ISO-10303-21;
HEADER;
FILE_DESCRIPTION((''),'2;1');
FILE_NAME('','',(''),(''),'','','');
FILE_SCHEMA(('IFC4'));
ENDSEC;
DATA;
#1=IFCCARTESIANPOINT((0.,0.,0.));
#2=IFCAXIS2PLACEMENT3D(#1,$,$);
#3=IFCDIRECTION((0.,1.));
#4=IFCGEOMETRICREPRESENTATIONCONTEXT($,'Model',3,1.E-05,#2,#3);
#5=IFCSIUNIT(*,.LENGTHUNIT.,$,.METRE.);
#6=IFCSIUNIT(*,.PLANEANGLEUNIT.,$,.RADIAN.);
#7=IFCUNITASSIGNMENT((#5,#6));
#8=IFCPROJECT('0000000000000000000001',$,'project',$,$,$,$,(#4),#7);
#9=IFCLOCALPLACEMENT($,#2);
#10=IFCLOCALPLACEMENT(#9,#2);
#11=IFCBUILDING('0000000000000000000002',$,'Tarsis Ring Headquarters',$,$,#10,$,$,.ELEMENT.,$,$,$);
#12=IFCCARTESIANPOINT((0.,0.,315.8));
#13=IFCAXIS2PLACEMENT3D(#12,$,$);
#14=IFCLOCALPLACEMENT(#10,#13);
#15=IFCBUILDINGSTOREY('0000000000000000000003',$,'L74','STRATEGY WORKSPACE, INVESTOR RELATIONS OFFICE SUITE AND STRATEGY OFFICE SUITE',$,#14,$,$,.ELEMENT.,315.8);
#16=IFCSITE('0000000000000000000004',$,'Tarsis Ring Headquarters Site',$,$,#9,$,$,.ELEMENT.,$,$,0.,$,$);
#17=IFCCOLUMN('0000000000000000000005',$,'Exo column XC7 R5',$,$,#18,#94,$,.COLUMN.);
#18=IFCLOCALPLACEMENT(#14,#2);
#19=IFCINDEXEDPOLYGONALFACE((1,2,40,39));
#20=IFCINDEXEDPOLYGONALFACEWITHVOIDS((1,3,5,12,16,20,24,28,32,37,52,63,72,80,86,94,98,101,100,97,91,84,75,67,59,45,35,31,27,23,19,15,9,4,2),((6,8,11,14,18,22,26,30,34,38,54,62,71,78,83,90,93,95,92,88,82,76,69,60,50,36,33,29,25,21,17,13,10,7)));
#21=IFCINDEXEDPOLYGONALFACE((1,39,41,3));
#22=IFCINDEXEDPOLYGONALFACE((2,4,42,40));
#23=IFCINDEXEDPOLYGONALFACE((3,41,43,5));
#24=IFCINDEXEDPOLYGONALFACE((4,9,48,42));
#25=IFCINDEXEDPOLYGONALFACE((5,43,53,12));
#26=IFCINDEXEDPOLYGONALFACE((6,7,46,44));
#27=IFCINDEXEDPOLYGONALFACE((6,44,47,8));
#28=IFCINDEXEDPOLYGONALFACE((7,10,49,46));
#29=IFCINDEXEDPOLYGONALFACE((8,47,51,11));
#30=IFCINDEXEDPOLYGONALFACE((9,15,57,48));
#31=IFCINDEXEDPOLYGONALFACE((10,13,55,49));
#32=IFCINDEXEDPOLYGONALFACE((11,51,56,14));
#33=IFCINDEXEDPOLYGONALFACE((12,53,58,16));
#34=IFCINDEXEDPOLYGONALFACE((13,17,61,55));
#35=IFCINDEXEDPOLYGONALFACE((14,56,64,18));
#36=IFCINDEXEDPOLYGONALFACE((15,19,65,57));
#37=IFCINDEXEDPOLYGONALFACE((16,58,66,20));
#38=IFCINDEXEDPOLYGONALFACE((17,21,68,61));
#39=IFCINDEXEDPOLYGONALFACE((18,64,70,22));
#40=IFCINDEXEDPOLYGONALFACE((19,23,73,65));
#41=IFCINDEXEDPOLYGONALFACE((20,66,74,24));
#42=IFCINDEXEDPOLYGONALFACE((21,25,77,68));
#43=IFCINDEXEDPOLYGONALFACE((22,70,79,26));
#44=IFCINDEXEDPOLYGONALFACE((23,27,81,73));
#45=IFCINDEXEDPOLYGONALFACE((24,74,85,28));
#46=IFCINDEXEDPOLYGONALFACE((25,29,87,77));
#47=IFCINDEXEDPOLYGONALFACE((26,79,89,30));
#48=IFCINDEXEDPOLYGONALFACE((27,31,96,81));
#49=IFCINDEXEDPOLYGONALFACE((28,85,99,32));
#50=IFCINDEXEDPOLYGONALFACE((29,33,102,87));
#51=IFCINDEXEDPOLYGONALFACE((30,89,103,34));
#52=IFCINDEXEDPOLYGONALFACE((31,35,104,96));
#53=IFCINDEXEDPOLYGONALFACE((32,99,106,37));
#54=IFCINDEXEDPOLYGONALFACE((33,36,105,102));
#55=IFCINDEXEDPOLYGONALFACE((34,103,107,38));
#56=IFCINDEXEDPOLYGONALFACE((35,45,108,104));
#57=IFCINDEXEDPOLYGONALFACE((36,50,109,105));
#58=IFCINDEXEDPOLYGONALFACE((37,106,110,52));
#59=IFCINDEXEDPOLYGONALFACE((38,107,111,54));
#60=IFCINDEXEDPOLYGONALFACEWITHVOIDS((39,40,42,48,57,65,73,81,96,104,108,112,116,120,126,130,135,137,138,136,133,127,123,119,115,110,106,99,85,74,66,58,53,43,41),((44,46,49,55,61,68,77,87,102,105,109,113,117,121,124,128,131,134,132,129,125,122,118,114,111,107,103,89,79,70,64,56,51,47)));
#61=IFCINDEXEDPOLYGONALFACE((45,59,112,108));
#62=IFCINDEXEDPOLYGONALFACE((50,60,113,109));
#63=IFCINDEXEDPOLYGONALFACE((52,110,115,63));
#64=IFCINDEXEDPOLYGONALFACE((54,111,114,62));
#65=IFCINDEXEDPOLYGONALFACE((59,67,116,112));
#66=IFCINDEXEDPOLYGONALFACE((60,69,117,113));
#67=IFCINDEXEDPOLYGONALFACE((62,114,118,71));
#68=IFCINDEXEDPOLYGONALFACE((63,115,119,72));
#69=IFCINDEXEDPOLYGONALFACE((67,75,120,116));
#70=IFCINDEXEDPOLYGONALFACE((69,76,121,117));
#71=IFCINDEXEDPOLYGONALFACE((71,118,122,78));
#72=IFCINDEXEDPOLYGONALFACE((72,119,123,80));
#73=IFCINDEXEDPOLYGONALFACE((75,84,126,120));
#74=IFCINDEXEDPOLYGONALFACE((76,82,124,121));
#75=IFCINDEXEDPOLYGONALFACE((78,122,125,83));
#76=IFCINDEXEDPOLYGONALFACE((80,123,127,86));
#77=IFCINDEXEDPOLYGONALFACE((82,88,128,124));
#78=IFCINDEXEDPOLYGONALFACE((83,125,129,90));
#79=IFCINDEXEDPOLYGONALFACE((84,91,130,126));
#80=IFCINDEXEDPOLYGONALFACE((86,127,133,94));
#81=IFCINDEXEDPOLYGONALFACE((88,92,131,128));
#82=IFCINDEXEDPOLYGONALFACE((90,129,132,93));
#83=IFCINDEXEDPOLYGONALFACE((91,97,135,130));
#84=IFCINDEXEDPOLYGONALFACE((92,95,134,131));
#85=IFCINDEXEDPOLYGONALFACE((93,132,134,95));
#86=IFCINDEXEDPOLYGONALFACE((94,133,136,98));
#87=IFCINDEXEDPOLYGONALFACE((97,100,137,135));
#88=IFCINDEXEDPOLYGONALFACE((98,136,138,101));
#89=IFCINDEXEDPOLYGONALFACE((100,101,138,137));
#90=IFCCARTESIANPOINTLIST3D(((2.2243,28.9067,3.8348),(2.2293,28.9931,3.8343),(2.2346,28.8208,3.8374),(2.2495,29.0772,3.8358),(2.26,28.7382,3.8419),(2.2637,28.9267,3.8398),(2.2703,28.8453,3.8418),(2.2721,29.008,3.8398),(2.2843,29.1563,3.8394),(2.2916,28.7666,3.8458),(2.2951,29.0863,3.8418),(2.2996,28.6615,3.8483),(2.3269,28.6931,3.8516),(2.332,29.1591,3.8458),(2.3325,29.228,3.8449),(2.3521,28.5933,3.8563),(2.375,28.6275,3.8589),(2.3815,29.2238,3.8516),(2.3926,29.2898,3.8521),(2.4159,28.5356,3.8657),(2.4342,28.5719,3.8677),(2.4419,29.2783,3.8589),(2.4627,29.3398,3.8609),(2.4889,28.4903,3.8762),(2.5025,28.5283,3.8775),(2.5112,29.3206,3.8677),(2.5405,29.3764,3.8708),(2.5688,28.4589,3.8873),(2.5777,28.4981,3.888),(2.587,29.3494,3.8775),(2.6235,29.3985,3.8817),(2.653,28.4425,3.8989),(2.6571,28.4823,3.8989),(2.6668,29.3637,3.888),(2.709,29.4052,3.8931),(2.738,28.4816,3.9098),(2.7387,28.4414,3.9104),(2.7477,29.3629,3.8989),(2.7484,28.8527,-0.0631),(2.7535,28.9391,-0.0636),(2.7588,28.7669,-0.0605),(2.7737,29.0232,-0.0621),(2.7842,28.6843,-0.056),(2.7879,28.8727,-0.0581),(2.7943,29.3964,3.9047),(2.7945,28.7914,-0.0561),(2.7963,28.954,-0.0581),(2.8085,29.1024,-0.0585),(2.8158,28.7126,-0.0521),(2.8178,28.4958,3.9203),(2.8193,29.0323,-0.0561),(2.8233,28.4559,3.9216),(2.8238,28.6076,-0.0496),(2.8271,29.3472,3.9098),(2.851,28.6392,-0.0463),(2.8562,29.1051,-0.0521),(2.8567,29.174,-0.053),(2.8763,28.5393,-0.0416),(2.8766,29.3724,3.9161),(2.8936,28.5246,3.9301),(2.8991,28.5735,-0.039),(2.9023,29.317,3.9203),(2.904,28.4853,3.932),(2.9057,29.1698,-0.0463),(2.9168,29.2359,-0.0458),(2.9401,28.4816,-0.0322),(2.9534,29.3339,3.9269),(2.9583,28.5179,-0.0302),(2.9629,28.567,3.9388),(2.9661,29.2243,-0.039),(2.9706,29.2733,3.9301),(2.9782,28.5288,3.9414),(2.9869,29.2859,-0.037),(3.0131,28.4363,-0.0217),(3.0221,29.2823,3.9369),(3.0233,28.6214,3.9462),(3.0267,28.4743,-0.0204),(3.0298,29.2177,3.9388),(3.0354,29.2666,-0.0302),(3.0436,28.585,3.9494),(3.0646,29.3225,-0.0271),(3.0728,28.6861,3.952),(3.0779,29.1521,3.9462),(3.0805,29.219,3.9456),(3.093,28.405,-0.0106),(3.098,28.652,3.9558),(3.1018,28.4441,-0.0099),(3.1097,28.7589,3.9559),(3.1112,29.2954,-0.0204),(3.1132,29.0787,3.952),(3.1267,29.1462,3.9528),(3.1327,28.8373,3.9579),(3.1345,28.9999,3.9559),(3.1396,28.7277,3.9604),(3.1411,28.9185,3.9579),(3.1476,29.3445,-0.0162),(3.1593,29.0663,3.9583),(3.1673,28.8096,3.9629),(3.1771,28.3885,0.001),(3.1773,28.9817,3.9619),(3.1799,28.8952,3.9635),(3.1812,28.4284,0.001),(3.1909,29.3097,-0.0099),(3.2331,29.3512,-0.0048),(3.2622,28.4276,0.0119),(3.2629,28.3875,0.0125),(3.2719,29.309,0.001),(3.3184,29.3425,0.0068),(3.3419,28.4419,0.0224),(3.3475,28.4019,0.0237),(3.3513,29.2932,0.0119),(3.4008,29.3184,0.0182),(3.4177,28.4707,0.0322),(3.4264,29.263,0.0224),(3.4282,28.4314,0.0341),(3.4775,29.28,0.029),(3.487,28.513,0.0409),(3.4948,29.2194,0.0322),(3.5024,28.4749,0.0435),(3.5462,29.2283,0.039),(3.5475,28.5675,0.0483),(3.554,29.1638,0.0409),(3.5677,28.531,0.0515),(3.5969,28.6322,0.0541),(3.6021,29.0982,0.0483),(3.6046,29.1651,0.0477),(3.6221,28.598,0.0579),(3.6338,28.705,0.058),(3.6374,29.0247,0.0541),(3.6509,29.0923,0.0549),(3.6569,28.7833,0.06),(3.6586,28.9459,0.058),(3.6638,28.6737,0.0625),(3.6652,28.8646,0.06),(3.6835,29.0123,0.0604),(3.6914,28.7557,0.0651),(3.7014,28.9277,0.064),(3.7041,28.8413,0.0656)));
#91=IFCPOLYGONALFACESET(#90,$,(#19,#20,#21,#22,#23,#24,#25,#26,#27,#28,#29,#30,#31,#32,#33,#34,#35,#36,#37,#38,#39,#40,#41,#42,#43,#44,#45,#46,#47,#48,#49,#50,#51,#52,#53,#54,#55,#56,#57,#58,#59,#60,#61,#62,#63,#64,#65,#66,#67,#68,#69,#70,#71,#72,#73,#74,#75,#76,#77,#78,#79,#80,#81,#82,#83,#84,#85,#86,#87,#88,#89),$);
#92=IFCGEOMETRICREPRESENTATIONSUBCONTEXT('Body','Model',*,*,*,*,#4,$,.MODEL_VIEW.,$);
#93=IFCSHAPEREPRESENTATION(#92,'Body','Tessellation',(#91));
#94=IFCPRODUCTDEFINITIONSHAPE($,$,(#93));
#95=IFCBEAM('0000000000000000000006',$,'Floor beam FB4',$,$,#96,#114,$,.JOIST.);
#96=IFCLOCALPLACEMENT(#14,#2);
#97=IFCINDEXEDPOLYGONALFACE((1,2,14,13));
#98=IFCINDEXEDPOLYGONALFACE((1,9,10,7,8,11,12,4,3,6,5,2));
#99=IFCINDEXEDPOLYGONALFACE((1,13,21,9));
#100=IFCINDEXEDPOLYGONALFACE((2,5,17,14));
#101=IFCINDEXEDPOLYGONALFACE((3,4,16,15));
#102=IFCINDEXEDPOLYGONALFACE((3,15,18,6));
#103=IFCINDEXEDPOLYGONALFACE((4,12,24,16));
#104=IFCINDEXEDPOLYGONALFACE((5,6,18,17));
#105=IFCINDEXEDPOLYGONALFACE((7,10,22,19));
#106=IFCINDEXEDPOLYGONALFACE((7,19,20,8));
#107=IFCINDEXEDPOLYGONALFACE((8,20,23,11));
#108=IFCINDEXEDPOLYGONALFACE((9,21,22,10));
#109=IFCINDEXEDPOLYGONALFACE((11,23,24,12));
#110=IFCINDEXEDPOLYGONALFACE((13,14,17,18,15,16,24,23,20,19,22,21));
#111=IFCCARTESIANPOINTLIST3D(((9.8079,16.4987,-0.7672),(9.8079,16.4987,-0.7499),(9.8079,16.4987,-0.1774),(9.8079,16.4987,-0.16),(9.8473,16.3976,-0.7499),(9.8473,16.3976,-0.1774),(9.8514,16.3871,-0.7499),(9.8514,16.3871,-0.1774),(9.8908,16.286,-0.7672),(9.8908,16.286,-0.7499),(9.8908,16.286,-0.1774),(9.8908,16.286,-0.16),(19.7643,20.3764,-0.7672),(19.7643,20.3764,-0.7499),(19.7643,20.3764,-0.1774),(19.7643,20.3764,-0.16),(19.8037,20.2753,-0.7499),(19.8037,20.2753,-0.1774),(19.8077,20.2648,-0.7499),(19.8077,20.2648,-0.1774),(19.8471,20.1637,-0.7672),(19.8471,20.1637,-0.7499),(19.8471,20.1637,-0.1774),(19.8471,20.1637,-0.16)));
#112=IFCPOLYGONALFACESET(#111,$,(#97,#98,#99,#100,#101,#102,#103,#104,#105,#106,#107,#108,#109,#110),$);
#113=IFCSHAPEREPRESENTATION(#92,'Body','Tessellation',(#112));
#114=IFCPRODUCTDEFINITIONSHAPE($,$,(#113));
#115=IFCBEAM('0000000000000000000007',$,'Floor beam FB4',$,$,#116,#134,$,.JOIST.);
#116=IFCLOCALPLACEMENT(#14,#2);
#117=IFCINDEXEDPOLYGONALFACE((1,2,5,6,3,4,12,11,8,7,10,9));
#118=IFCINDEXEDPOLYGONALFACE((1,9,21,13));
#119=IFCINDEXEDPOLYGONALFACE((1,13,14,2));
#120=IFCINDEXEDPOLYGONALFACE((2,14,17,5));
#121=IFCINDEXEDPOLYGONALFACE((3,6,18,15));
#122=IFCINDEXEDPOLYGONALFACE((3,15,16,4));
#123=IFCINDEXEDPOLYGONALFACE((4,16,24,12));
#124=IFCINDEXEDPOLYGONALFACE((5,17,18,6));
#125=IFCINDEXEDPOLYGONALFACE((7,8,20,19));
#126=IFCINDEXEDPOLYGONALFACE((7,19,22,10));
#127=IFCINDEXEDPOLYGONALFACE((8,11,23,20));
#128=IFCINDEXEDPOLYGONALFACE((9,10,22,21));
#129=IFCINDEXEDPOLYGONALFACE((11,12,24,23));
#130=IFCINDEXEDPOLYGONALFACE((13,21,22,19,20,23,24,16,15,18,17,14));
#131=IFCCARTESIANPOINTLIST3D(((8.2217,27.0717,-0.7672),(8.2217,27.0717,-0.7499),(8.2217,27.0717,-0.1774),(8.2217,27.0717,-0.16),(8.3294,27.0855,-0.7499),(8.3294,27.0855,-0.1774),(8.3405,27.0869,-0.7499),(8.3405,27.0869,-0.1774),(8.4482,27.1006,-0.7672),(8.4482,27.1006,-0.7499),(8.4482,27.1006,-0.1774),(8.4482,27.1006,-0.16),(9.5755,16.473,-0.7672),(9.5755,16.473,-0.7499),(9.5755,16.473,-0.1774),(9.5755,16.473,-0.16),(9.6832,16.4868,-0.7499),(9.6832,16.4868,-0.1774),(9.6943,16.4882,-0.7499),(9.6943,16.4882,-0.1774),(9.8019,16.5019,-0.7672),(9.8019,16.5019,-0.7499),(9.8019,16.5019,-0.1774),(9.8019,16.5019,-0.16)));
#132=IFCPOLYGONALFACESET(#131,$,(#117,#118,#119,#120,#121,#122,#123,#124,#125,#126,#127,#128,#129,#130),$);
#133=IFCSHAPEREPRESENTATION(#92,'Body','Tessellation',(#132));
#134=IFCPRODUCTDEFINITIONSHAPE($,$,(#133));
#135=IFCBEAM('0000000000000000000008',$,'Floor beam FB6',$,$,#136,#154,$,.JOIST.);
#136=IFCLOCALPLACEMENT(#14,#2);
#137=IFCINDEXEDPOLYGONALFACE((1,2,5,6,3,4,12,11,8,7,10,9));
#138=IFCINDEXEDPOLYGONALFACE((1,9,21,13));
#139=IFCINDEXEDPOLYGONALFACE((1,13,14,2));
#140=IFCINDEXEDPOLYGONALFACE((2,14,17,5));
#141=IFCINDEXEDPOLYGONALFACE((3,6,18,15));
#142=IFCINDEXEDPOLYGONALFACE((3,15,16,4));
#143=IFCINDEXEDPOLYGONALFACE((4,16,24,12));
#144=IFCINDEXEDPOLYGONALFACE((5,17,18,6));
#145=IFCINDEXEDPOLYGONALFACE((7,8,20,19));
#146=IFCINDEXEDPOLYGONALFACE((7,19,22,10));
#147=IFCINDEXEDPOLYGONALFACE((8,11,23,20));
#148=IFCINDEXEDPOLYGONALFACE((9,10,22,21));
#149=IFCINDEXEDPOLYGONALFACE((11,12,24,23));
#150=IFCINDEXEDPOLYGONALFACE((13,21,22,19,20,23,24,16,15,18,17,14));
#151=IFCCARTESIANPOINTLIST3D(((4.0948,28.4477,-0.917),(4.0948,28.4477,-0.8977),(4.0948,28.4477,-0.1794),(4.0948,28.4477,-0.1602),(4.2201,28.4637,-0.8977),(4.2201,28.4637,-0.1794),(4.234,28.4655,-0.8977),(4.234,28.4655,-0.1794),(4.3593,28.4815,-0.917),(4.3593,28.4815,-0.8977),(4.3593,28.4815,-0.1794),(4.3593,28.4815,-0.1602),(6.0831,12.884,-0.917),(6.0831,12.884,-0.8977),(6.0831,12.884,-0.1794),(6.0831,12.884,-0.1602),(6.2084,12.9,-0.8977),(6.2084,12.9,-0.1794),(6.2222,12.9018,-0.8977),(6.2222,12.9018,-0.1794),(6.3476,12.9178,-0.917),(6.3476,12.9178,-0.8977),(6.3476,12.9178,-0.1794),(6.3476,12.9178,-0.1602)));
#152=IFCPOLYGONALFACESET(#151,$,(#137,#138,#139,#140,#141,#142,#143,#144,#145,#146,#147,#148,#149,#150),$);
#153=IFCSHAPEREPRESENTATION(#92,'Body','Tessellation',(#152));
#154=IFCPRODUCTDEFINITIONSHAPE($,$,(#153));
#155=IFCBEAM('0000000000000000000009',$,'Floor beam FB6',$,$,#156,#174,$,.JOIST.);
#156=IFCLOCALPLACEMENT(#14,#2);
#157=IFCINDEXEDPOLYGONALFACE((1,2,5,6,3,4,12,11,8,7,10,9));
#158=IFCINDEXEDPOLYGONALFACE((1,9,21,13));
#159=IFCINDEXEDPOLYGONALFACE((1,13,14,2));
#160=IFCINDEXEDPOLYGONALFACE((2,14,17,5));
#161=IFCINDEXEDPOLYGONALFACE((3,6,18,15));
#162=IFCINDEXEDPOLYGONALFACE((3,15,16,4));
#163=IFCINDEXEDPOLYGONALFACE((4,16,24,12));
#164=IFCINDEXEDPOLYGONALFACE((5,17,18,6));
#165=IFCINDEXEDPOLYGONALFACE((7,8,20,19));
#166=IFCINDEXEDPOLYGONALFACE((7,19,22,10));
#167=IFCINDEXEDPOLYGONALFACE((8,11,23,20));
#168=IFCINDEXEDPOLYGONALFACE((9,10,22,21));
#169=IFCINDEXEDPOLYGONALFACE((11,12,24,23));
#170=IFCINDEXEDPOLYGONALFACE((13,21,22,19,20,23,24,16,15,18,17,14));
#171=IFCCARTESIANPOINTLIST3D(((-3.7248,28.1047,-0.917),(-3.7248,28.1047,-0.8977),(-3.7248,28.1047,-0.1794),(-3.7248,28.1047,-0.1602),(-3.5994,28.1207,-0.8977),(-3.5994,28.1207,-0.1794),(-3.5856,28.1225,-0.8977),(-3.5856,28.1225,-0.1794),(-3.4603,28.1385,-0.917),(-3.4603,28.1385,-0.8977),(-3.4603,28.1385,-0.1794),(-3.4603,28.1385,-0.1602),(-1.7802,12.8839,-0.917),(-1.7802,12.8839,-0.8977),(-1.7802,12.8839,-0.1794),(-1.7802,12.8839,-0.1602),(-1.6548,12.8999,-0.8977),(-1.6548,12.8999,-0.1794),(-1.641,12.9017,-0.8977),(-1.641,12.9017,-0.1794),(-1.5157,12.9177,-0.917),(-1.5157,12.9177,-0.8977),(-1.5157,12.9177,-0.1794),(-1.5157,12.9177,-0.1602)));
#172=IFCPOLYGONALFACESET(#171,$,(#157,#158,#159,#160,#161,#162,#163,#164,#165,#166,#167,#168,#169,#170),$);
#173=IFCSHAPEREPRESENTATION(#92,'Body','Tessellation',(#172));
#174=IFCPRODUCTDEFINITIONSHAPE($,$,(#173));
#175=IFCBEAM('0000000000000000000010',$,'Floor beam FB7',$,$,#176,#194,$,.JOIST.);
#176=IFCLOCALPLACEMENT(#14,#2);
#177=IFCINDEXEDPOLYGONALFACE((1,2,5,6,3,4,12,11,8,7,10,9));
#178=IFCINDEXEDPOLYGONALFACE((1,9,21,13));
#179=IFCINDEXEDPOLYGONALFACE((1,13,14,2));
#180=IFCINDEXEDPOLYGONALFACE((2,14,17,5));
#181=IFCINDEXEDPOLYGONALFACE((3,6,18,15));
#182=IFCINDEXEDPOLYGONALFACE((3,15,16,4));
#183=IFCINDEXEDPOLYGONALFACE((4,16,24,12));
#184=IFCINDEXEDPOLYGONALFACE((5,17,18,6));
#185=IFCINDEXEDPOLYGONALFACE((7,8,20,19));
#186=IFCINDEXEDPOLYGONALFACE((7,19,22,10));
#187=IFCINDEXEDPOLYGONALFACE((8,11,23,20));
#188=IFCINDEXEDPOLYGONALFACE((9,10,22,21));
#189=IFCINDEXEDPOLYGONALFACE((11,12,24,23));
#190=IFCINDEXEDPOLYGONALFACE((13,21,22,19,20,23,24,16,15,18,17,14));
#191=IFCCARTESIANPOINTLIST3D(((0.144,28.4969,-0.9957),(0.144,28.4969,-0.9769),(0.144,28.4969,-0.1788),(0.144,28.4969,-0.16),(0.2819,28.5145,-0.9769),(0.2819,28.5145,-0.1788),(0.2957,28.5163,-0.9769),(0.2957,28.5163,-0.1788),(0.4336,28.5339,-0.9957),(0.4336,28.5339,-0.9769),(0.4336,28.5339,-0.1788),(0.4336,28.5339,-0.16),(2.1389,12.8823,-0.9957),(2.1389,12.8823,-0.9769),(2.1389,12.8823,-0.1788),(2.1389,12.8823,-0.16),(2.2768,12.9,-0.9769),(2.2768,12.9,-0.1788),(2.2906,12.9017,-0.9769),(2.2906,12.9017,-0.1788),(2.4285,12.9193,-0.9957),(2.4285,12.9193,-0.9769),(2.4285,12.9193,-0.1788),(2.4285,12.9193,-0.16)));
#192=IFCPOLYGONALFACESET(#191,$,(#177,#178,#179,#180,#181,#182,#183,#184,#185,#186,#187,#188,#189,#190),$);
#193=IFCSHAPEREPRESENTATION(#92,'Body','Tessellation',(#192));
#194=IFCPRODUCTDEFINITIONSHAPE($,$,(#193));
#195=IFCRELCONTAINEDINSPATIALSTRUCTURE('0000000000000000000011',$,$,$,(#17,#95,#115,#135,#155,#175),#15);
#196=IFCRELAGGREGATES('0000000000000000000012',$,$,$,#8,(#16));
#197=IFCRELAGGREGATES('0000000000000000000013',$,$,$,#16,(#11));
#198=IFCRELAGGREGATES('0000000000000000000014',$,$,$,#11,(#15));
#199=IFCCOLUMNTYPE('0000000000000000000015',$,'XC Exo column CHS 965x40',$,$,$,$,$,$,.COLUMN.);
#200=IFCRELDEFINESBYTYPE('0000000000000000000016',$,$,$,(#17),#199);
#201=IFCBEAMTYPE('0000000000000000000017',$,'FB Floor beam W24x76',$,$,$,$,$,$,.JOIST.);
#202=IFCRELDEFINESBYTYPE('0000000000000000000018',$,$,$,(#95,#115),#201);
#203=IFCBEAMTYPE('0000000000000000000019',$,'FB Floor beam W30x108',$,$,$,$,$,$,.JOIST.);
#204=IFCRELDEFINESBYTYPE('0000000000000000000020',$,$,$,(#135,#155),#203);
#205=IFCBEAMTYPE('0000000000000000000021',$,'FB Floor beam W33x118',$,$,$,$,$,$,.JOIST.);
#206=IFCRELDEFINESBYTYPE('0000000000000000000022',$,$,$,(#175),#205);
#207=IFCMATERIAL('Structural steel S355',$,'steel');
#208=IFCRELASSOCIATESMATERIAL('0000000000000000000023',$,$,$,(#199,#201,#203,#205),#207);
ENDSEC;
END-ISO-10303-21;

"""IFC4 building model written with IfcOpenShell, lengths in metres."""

from ifc_helpers import new_model, si_unit, direction, frame, origin, origin_2d, place, context, subcontext, project, spatial, hollow_circle, i_section, extrude, material, material_profile, profile_set, type_object, element, save


model = new_model("IFC4")

# Units and contexts
model_context = context("Model", 3, precision=1e-05, world=origin(), true_north=direction((0.0, 1.0)))
body_context = subcontext(model_context, "Body", "Model", "MODEL_VIEW")
ifc_project = project(units=[si_unit("LENGTHUNIT", "METRE"), si_unit("PLANEANGLEUNIT", "RADIAN")], contexts=[model_context])

# Site, building, storey
site_placement = place(None, origin())
site = spatial("IfcSite", under=ifc_project, at=site_placement, Name="Tarsis Ring Headquarters Site", CompositionType="ELEMENT", RefElevation=0.0)
building_placement = place(site_placement, origin())
building = spatial("IfcBuilding", under=site, at=building_placement, Name="Tarsis Ring Headquarters", CompositionType="ELEMENT")
storey_placement = place(building_placement, frame((0.0, 0.0, 315.8)))
storey = spatial("IfcBuildingStorey", under=building, at=storey_placement, Name="L74", Description="STRATEGY WORKSPACE, INVESTOR RELATIONS OFFICE SUITE AND STRATEGY OFFICE SUITE", CompositionType="ELEMENT", Elevation=315.8)

# Column
ifc_material_1 = material(Name="Structural steel S355", Category="steel")
ifc_material_profile_1 = material_profile(ifc_material_1, hollow_circle(Radius=0.4827, WallThickness=0.04, at=origin_2d()), Name="CHS 965x40")
ifc_profile_set_1 = profile_set([ifc_material_profile_1], Name="Structural steel S355")
column_type = type_object("IfcColumnType", Name="XC Exo column CHS 965x40", PredefinedType="COLUMN", material=ifc_profile_set_1)
column_placement = place(storey_placement, frame((3.2266, 28.8687, 0.001), z_axis=(-0.133261, 0.013717, 0.990986), x_axis=(-0.102393, -0.994744, 0.0)))
element("IfcColumn", 1, at=column_placement, inside=storey, type_object=column_type, Name="Exo column XC7 R5", PredefinedType="COLUMN", context=body_context, shape_type="SweptSolid", body=[
    extrude(hollow_circle(Radius=0.4827, WallThickness=0.04, at=origin_2d()), origin(), (0.0, 0.0, 1.0), 3.9333),
])

# Beams
ifc_material_profile_2 = material_profile(ifc_material_1, i_section(OverallWidth=0.2283, OverallDepth=0.6072, WebThickness=0.0112, FlangeThickness=0.0173, at=origin_2d()), Name="W24x76")
ifc_profile_set_2 = profile_set([ifc_material_profile_2], Name="Structural steel S355")
beam_type_1 = type_object("IfcBeamType", Name="FB Floor beam W24x76", PredefinedType="JOIST", material=ifc_profile_set_2)
for number, where, z_axis, x_axis, name in (
    (2, (9.8494, 16.3923, -0.4636), (0.931821, 0.362917, 0.0), (-0.362917, 0.931821, 0.0), "Floor beam FB4"),
    (3, (8.335, 27.0862, -0.4636), (0.1267, -0.991941, 0.0), (0.991941, 0.1267, 0.0), "Floor beam FB4"),
):
    element("IfcBeam", number, at=place(storey_placement, frame(where, z_axis=z_axis, x_axis=x_axis)), inside=storey, type_object=beam_type_1, Name=name, PredefinedType="JOIST", context=body_context, shape_type="SweptSolid", body=[
        extrude(i_section(OverallWidth=0.2283, OverallDepth=0.6072, WebThickness=0.0112, FlangeThickness=0.0173, at=origin_2d()), origin(), (0.0, 0.0, 1.0), 10.6848),
    ])
ifc_material_profile_3 = material_profile(ifc_material_1, i_section(OverallWidth=0.2666, OverallDepth=0.7568, WebThickness=0.0139, FlangeThickness=0.0193, at=origin_2d()), Name="W30x108")
ifc_profile_set_3 = profile_set([ifc_material_profile_3], Name="Structural steel S355")
beam_type_2 = type_object("IfcBeamType", Name="FB Floor beam W30x108", PredefinedType="JOIST", material=ifc_profile_set_3)
beam_1_placement = place(storey_placement, frame((4.2271, 28.4646, -0.5386), z_axis=(0.126721, -0.991938, 0.0), x_axis=(0.991938, 0.126721, 0.0)))
element("IfcBeam", 4, at=beam_1_placement, inside=storey, type_object=beam_type_2, Name="Floor beam FB6", PredefinedType="JOIST", context=body_context, shape_type="SweptSolid", body=[
    extrude(i_section(OverallWidth=0.2666, OverallDepth=0.7568, WebThickness=0.0139, FlangeThickness=0.0193, at=origin_2d()), origin(), (0.0, 0.0, 1.0), 15.6902),
])
beam_2_placement = place(storey_placement, frame((-3.5925, 28.1216, -0.5386), z_axis=(0.126729, -0.991937, 0.0), x_axis=(0.991937, 0.126729, 0.0)))
element("IfcBeam", 5, at=beam_2_placement, inside=storey, type_object=beam_type_2, Name="Floor beam FB6", PredefinedType="JOIST", context=body_context, shape_type="SweptSolid", body=[
    extrude(i_section(OverallWidth=0.2666, OverallDepth=0.7568, WebThickness=0.0139, FlangeThickness=0.0193, at=origin_2d()), origin(), (0.0, 0.0, 1.0), 15.3445),
])
ifc_material_profile_4 = material_profile(ifc_material_1, i_section(OverallWidth=0.292, OverallDepth=0.8357, WebThickness=0.0139, FlangeThickness=0.0188, at=origin_2d()), Name="W33x118")
ifc_profile_set_4 = profile_set([ifc_material_profile_4], Name="Structural steel S355")
beam_type_3 = type_object("IfcBeamType", Name="FB Floor beam W33x118", PredefinedType="JOIST", material=ifc_profile_set_4)
beam_3_placement = place(storey_placement, frame((0.2888, 28.5154, -0.5779), z_axis=(0.126728, -0.991938, 0.0), x_axis=(0.991938, 0.126728, 0.0)))
element("IfcBeam", 6, at=beam_3_placement, inside=storey, type_object=beam_type_3, Name="Floor beam FB7", PredefinedType="JOIST", context=body_context, shape_type="SweptSolid", body=[
    extrude(i_section(OverallWidth=0.292, OverallDepth=0.8357, WebThickness=0.0139, FlangeThickness=0.0188, at=origin_2d()), origin(), (0.0, 0.0, 1.0), 15.7415),
])

save(model, "model.ifc")
